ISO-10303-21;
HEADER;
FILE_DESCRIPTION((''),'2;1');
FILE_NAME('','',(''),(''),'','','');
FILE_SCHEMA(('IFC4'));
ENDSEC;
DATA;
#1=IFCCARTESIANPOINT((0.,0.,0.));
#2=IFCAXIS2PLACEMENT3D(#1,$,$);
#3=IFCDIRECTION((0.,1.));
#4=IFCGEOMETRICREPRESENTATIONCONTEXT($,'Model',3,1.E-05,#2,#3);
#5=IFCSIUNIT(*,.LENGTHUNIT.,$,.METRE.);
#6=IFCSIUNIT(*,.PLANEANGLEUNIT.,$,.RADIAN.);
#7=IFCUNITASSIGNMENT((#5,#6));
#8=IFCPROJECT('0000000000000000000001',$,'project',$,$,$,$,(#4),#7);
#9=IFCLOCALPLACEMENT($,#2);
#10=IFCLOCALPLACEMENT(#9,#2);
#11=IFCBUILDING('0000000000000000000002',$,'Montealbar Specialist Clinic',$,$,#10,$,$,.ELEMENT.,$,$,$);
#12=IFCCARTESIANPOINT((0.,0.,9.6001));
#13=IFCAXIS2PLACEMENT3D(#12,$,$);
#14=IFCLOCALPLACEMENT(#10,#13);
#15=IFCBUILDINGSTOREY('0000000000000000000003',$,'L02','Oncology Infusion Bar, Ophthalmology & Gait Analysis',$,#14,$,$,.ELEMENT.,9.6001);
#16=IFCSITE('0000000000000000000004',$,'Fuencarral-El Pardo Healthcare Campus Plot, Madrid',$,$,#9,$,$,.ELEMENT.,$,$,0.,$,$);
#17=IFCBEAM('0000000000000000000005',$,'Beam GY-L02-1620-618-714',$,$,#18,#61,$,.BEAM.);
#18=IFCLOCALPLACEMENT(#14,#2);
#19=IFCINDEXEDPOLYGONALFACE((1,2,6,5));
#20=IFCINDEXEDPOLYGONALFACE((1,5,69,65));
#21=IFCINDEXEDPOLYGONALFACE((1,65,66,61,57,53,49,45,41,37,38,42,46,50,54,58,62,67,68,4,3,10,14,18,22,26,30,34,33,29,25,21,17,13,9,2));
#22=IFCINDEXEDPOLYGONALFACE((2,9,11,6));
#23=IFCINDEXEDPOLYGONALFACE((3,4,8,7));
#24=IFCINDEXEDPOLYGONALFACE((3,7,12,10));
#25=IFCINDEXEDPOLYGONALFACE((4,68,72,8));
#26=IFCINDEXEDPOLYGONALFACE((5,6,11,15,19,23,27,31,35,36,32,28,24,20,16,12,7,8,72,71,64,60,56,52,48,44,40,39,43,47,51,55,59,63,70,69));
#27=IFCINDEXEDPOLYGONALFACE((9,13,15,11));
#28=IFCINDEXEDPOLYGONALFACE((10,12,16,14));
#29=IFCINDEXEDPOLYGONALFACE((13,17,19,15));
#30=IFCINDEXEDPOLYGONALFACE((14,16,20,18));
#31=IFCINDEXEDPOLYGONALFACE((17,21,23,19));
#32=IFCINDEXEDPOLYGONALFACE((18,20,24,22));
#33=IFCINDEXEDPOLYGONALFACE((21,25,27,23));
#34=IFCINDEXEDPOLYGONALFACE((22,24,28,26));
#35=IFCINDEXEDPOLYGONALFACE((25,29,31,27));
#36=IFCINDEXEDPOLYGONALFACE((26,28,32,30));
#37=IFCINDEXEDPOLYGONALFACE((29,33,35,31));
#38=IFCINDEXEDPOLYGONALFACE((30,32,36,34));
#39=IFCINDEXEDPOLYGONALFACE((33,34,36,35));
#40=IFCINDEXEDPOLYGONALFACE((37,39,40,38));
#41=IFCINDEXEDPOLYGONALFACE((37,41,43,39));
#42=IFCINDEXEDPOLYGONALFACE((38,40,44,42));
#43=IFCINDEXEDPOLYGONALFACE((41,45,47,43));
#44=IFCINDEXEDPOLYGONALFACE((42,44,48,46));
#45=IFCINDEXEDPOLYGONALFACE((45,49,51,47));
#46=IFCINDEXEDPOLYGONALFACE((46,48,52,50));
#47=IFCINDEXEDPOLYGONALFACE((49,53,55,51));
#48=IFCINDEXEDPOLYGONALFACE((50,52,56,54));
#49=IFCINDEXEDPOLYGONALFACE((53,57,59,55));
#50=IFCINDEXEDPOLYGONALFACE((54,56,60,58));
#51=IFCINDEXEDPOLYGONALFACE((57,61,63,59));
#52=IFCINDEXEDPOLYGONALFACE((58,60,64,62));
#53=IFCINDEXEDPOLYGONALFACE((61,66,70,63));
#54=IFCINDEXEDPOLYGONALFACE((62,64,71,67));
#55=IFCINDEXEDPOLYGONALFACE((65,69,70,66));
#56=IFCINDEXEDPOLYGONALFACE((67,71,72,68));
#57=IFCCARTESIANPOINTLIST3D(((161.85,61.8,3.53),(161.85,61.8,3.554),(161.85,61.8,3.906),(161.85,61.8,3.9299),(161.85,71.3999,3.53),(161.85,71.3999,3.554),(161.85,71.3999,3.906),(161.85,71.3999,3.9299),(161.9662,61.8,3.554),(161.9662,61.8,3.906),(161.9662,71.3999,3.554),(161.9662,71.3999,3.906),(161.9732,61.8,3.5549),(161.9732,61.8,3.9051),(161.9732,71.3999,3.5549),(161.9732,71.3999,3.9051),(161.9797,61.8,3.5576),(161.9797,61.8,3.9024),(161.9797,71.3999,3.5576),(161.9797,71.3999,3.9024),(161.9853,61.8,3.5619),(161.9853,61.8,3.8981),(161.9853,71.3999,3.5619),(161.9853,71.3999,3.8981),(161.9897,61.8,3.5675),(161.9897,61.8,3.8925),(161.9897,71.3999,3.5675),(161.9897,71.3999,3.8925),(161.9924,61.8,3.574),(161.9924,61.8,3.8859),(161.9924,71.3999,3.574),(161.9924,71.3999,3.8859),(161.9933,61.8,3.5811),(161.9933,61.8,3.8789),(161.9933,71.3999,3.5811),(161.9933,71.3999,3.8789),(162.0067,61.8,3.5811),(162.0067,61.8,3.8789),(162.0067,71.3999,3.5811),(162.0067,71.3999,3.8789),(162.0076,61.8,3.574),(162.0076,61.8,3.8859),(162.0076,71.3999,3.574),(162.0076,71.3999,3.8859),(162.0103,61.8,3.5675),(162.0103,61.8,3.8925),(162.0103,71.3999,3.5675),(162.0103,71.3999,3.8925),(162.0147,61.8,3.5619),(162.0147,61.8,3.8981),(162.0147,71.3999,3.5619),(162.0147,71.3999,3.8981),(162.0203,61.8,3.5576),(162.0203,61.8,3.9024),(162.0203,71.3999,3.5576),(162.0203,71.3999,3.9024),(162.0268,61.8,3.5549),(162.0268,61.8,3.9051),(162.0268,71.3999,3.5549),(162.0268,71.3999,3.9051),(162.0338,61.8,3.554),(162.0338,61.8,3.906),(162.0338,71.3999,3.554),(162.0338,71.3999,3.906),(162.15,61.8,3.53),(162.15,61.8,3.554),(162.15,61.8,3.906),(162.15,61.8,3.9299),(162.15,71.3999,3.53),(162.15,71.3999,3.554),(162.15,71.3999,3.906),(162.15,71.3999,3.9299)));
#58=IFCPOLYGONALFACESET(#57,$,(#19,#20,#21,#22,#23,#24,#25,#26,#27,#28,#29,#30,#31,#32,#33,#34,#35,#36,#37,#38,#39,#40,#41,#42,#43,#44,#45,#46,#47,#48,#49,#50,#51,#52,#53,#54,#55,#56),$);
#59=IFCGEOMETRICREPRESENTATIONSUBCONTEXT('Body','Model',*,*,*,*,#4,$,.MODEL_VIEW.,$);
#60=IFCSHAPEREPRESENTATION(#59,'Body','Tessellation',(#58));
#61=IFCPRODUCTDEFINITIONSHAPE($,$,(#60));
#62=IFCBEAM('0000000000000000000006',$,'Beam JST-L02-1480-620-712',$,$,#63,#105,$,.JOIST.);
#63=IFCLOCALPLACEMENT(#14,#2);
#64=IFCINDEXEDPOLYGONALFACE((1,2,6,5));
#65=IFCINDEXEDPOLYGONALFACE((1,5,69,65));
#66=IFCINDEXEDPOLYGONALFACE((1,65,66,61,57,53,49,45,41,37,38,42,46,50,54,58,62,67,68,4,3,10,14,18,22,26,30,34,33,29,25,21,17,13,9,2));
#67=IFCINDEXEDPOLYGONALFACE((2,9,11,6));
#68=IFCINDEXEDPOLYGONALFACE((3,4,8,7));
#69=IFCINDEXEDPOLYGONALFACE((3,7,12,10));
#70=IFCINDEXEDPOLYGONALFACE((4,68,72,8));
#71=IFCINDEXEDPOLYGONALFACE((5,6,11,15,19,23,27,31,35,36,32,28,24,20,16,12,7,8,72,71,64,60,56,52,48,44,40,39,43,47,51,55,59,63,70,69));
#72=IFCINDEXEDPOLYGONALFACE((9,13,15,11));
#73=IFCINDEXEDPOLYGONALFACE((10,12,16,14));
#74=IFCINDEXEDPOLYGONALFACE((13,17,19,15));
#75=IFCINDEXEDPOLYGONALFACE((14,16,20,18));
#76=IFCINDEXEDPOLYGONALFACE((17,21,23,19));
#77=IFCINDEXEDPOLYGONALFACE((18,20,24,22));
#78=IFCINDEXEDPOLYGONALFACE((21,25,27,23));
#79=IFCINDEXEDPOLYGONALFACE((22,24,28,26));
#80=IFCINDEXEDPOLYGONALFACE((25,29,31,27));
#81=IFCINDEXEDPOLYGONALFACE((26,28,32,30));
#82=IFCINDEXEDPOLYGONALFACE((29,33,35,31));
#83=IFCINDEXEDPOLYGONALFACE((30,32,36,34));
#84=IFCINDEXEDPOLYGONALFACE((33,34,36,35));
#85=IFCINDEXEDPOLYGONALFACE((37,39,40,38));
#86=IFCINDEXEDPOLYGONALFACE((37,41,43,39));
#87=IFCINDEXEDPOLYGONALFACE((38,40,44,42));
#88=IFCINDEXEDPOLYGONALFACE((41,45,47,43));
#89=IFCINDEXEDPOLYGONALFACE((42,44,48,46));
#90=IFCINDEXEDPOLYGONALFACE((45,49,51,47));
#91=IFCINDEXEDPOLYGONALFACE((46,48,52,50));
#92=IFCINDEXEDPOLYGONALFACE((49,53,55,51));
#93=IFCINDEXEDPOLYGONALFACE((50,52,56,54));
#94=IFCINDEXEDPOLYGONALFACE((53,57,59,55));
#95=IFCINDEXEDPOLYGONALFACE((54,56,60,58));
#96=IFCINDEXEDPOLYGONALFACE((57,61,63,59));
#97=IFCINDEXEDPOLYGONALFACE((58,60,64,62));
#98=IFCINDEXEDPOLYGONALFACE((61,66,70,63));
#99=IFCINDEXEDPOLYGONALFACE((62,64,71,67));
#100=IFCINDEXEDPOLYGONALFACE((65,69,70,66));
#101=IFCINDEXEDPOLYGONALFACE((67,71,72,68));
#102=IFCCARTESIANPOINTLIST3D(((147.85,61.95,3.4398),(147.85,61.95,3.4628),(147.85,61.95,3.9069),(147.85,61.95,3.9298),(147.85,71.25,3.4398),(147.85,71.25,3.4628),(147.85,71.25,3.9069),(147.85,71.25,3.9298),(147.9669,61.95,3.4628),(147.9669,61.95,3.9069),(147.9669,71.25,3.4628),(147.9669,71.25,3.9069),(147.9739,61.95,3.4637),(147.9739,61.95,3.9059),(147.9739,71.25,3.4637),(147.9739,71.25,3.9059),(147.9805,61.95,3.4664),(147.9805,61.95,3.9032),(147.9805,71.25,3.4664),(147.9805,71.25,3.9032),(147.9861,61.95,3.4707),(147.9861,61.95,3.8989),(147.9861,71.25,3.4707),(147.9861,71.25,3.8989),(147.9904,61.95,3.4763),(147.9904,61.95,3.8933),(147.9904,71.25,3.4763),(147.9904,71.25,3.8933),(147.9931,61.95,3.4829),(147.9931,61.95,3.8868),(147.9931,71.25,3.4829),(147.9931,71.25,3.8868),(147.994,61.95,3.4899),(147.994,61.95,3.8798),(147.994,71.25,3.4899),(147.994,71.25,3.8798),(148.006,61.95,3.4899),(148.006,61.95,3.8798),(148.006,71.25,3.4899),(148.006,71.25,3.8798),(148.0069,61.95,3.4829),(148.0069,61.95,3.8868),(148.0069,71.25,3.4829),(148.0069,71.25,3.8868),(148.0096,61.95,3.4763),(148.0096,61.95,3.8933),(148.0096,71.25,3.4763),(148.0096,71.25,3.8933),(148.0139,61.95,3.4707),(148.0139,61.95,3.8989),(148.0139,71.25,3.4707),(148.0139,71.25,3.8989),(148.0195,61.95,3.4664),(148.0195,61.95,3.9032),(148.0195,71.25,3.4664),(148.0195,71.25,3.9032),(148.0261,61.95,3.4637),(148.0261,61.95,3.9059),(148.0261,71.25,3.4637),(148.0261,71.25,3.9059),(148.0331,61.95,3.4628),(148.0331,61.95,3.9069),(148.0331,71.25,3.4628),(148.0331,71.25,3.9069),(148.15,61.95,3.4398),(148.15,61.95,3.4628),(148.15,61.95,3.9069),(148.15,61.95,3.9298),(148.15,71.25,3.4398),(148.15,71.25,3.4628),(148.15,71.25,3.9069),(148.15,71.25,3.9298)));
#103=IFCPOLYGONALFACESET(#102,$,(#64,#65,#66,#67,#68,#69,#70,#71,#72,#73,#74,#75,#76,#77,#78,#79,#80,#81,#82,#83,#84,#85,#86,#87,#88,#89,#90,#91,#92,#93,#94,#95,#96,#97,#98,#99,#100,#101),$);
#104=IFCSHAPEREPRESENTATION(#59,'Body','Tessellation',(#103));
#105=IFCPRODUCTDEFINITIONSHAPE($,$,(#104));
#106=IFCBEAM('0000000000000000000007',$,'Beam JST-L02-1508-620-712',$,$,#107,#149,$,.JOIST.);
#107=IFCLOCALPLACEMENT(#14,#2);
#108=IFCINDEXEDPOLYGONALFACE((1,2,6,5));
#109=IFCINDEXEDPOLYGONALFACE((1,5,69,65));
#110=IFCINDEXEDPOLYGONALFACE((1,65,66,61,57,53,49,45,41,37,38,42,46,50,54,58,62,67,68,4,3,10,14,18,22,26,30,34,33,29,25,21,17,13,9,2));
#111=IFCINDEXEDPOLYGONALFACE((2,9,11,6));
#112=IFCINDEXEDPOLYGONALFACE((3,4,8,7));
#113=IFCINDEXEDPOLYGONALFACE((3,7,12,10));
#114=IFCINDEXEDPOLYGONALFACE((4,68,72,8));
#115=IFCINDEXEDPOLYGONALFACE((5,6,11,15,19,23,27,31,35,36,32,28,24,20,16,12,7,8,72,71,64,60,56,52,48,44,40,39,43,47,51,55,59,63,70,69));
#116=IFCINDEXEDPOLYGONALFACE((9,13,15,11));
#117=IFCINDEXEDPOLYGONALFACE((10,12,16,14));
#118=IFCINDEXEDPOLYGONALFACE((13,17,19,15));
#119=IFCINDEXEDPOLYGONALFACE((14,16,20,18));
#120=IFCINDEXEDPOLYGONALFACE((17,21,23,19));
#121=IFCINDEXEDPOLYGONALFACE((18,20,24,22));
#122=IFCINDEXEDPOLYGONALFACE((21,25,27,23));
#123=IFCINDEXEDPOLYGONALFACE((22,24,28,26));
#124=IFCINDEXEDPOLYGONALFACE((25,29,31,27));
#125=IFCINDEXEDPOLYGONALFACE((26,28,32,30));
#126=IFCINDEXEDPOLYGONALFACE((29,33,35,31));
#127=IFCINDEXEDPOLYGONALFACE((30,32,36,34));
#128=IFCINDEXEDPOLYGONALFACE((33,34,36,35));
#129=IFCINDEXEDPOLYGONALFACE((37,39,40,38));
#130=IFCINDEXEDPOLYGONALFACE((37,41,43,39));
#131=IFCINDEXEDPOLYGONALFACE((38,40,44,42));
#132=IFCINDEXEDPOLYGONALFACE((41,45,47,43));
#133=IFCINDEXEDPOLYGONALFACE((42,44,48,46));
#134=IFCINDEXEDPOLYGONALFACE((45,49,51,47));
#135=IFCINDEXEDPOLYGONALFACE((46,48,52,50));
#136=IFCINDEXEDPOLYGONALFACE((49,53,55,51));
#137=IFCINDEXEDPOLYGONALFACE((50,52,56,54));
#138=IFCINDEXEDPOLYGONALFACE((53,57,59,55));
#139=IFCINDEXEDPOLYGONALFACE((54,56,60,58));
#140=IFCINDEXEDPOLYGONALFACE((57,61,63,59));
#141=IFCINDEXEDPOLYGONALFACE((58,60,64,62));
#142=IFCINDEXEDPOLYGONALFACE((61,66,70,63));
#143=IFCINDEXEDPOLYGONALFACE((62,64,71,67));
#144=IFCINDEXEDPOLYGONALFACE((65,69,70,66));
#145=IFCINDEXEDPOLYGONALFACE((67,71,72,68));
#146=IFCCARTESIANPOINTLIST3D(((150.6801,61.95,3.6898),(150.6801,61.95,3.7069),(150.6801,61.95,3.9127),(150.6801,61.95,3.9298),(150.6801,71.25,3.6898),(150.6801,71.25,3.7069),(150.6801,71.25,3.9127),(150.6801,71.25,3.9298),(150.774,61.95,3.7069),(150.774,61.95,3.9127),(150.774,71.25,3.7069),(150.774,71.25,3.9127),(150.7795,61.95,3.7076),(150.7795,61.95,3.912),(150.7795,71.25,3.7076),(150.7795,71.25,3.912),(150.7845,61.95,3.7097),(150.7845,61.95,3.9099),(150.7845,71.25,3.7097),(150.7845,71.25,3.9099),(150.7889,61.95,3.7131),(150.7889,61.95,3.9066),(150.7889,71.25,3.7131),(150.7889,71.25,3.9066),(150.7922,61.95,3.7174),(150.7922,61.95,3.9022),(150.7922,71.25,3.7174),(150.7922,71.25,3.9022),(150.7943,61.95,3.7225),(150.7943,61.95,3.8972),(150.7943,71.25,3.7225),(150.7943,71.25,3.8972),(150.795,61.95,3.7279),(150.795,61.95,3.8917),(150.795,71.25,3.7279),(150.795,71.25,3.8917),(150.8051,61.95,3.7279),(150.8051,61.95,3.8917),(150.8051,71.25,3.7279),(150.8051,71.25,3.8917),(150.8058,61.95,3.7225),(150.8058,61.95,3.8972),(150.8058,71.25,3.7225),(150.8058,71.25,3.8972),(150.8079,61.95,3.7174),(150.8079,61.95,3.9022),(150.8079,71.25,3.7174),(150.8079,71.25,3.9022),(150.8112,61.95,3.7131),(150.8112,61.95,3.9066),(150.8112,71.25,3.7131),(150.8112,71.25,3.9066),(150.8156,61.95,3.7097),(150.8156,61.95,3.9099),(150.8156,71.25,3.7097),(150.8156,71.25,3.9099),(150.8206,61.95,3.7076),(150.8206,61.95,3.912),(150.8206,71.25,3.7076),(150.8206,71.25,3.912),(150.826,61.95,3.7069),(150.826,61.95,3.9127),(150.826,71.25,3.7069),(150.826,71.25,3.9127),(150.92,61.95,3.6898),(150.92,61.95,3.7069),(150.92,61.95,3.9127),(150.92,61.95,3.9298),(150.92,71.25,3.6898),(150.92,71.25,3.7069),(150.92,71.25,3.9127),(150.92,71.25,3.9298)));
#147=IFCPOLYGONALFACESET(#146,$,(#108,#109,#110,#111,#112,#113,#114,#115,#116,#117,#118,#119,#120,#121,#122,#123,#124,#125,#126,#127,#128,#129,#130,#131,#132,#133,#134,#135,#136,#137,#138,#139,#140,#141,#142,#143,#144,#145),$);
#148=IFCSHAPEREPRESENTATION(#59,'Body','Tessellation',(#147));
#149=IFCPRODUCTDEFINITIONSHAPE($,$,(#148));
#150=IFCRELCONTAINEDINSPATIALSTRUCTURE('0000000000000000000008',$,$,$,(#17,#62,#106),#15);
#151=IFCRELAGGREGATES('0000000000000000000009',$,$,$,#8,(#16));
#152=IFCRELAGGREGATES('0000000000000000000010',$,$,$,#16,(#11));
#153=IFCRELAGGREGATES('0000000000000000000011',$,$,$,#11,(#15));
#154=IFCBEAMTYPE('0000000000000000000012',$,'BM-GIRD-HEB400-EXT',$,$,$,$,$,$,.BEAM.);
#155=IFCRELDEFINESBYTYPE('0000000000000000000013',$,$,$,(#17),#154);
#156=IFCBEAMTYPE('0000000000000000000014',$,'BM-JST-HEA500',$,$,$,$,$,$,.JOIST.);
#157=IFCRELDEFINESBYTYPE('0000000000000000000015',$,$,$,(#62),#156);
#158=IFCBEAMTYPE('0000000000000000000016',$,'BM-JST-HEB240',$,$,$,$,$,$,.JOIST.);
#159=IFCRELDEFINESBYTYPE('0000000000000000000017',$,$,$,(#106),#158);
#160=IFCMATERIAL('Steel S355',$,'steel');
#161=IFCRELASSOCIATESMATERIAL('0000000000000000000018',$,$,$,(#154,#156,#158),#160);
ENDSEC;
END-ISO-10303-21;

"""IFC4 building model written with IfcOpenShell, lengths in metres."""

from ifc_helpers import new_model, si_unit, direction, frame, origin, origin_2d, place, context, subcontext, project, spatial, i_section, extrude, material, material_profile, profile_set, type_object, element, save


model = new_model("IFC4")

# Units and contexts
model_context = context("Model", 3, precision=1e-05, world=origin(), true_north=direction((0.0, 1.0)))
body_context = subcontext(model_context, "Body", "Model", "MODEL_VIEW")
ifc_project = project(units=[si_unit("LENGTHUNIT", "METRE"), si_unit("PLANEANGLEUNIT", "RADIAN")], contexts=[model_context])

# Site, building, storey
site_placement = place(None, origin())
site = spatial("IfcSite", under=ifc_project, at=site_placement, Name="Fuencarral-El Pardo Healthcare Campus Plot, Madrid", CompositionType="ELEMENT", RefElevation=0.0)
building_placement = place(site_placement, origin())
building = spatial("IfcBuilding", under=site, at=building_placement, Name="Montealbar Specialist Clinic", CompositionType="ELEMENT")
storey_placement = place(building_placement, frame((0.0, 0.0, 9.6001)))
storey = spatial("IfcBuildingStorey", under=building, at=storey_placement, Name="L02", Description="Oncology Infusion Bar, Ophthalmology & Gait Analysis", CompositionType="ELEMENT", Elevation=9.6001)

# Shared definitions
ifc_material_1 = material(Name="Steel S355", Category="steel")

# Beams
ifc_material_profile_1 = material_profile(ifc_material_1, i_section(OverallWidth=0.3, OverallDepth=0.3999, WebThickness=0.0134, FlangeThickness=0.0239, FilletRadius=0.0271, at=origin_2d()), Name="HEB 400", Category="steel")
ifc_profile_set_1 = profile_set([ifc_material_profile_1], Name="Steel S355")
beam_type_1 = type_object("IfcBeamType", Name="BM-GIRD-HEB400-EXT", PredefinedType="BEAM", material=ifc_profile_set_1)
beam_1_placement = place(storey_placement, frame((162.0, 61.8, 3.73), z_axis=(0.0, 1.0, 0.0), x_axis=(-1.0, 0.0, 0.0)))
element("IfcBeam", 1, at=beam_1_placement, inside=storey, type_object=beam_type_1, Name="Beam GY-L02-1620-618-714", PredefinedType="BEAM", context=body_context, shape_type="SweptSolid", body=[
    extrude(i_section(OverallWidth=0.3, OverallDepth=0.3999, WebThickness=0.0134, FlangeThickness=0.0239, FilletRadius=0.0271, at=origin_2d()), origin(), (0.0, 0.0, 1.0), 9.5999),
])
ifc_material_profile_2 = material_profile(ifc_material_1, i_section(OverallWidth=0.3, OverallDepth=0.49, WebThickness=0.012, FlangeThickness=0.0229, FilletRadius=0.0271, at=origin_2d()), Name="HEA 500", Category="steel")
ifc_profile_set_2 = profile_set([ifc_material_profile_2], Name="Steel S355")
beam_type_2 = type_object("IfcBeamType", Name="BM-JST-HEA500", PredefinedType="JOIST", material=ifc_profile_set_2)
beam_2_placement = place(storey_placement, frame((148.0, 61.95, 3.6848), z_axis=(0.0, 1.0, 0.0), x_axis=(-1.0, 0.0, 0.0)))
element("IfcBeam", 2, at=beam_2_placement, inside=storey, type_object=beam_type_2, Name="Beam JST-L02-1480-620-712", PredefinedType="JOIST", context=body_context, shape_type="SweptSolid", body=[
    extrude(i_section(OverallWidth=0.3, OverallDepth=0.49, WebThickness=0.012, FlangeThickness=0.0229, FilletRadius=0.0271, at=origin_2d()), origin(), (0.0, 0.0, 1.0), 9.3),
])
ifc_material_profile_3 = material_profile(ifc_material_1, i_section(OverallWidth=0.24, OverallDepth=0.24, WebThickness=0.01, FlangeThickness=0.0171, FilletRadius=0.021, at=origin_2d()), Name="HEB 240", Category="steel")
ifc_profile_set_3 = profile_set([ifc_material_profile_3], Name="Steel S355")
beam_type_3 = type_object("IfcBeamType", Name="BM-JST-HEB240", PredefinedType="JOIST", material=ifc_profile_set_3)
beam_3_placement = place(storey_placement, frame((150.8, 61.95, 3.8098), z_axis=(0.0, 1.0, 0.0), x_axis=(-1.0, 0.0, 0.0)))
element("IfcBeam", 3, at=beam_3_placement, inside=storey, type_object=beam_type_3, Name="Beam JST-L02-1508-620-712", PredefinedType="JOIST", context=body_context, shape_type="SweptSolid", body=[
    extrude(i_section(OverallWidth=0.24, OverallDepth=0.24, WebThickness=0.01, FlangeThickness=0.0171, FilletRadius=0.021, at=origin_2d()), origin(), (0.0, 0.0, 1.0), 9.3),
])

save(model, "model.ifc")
